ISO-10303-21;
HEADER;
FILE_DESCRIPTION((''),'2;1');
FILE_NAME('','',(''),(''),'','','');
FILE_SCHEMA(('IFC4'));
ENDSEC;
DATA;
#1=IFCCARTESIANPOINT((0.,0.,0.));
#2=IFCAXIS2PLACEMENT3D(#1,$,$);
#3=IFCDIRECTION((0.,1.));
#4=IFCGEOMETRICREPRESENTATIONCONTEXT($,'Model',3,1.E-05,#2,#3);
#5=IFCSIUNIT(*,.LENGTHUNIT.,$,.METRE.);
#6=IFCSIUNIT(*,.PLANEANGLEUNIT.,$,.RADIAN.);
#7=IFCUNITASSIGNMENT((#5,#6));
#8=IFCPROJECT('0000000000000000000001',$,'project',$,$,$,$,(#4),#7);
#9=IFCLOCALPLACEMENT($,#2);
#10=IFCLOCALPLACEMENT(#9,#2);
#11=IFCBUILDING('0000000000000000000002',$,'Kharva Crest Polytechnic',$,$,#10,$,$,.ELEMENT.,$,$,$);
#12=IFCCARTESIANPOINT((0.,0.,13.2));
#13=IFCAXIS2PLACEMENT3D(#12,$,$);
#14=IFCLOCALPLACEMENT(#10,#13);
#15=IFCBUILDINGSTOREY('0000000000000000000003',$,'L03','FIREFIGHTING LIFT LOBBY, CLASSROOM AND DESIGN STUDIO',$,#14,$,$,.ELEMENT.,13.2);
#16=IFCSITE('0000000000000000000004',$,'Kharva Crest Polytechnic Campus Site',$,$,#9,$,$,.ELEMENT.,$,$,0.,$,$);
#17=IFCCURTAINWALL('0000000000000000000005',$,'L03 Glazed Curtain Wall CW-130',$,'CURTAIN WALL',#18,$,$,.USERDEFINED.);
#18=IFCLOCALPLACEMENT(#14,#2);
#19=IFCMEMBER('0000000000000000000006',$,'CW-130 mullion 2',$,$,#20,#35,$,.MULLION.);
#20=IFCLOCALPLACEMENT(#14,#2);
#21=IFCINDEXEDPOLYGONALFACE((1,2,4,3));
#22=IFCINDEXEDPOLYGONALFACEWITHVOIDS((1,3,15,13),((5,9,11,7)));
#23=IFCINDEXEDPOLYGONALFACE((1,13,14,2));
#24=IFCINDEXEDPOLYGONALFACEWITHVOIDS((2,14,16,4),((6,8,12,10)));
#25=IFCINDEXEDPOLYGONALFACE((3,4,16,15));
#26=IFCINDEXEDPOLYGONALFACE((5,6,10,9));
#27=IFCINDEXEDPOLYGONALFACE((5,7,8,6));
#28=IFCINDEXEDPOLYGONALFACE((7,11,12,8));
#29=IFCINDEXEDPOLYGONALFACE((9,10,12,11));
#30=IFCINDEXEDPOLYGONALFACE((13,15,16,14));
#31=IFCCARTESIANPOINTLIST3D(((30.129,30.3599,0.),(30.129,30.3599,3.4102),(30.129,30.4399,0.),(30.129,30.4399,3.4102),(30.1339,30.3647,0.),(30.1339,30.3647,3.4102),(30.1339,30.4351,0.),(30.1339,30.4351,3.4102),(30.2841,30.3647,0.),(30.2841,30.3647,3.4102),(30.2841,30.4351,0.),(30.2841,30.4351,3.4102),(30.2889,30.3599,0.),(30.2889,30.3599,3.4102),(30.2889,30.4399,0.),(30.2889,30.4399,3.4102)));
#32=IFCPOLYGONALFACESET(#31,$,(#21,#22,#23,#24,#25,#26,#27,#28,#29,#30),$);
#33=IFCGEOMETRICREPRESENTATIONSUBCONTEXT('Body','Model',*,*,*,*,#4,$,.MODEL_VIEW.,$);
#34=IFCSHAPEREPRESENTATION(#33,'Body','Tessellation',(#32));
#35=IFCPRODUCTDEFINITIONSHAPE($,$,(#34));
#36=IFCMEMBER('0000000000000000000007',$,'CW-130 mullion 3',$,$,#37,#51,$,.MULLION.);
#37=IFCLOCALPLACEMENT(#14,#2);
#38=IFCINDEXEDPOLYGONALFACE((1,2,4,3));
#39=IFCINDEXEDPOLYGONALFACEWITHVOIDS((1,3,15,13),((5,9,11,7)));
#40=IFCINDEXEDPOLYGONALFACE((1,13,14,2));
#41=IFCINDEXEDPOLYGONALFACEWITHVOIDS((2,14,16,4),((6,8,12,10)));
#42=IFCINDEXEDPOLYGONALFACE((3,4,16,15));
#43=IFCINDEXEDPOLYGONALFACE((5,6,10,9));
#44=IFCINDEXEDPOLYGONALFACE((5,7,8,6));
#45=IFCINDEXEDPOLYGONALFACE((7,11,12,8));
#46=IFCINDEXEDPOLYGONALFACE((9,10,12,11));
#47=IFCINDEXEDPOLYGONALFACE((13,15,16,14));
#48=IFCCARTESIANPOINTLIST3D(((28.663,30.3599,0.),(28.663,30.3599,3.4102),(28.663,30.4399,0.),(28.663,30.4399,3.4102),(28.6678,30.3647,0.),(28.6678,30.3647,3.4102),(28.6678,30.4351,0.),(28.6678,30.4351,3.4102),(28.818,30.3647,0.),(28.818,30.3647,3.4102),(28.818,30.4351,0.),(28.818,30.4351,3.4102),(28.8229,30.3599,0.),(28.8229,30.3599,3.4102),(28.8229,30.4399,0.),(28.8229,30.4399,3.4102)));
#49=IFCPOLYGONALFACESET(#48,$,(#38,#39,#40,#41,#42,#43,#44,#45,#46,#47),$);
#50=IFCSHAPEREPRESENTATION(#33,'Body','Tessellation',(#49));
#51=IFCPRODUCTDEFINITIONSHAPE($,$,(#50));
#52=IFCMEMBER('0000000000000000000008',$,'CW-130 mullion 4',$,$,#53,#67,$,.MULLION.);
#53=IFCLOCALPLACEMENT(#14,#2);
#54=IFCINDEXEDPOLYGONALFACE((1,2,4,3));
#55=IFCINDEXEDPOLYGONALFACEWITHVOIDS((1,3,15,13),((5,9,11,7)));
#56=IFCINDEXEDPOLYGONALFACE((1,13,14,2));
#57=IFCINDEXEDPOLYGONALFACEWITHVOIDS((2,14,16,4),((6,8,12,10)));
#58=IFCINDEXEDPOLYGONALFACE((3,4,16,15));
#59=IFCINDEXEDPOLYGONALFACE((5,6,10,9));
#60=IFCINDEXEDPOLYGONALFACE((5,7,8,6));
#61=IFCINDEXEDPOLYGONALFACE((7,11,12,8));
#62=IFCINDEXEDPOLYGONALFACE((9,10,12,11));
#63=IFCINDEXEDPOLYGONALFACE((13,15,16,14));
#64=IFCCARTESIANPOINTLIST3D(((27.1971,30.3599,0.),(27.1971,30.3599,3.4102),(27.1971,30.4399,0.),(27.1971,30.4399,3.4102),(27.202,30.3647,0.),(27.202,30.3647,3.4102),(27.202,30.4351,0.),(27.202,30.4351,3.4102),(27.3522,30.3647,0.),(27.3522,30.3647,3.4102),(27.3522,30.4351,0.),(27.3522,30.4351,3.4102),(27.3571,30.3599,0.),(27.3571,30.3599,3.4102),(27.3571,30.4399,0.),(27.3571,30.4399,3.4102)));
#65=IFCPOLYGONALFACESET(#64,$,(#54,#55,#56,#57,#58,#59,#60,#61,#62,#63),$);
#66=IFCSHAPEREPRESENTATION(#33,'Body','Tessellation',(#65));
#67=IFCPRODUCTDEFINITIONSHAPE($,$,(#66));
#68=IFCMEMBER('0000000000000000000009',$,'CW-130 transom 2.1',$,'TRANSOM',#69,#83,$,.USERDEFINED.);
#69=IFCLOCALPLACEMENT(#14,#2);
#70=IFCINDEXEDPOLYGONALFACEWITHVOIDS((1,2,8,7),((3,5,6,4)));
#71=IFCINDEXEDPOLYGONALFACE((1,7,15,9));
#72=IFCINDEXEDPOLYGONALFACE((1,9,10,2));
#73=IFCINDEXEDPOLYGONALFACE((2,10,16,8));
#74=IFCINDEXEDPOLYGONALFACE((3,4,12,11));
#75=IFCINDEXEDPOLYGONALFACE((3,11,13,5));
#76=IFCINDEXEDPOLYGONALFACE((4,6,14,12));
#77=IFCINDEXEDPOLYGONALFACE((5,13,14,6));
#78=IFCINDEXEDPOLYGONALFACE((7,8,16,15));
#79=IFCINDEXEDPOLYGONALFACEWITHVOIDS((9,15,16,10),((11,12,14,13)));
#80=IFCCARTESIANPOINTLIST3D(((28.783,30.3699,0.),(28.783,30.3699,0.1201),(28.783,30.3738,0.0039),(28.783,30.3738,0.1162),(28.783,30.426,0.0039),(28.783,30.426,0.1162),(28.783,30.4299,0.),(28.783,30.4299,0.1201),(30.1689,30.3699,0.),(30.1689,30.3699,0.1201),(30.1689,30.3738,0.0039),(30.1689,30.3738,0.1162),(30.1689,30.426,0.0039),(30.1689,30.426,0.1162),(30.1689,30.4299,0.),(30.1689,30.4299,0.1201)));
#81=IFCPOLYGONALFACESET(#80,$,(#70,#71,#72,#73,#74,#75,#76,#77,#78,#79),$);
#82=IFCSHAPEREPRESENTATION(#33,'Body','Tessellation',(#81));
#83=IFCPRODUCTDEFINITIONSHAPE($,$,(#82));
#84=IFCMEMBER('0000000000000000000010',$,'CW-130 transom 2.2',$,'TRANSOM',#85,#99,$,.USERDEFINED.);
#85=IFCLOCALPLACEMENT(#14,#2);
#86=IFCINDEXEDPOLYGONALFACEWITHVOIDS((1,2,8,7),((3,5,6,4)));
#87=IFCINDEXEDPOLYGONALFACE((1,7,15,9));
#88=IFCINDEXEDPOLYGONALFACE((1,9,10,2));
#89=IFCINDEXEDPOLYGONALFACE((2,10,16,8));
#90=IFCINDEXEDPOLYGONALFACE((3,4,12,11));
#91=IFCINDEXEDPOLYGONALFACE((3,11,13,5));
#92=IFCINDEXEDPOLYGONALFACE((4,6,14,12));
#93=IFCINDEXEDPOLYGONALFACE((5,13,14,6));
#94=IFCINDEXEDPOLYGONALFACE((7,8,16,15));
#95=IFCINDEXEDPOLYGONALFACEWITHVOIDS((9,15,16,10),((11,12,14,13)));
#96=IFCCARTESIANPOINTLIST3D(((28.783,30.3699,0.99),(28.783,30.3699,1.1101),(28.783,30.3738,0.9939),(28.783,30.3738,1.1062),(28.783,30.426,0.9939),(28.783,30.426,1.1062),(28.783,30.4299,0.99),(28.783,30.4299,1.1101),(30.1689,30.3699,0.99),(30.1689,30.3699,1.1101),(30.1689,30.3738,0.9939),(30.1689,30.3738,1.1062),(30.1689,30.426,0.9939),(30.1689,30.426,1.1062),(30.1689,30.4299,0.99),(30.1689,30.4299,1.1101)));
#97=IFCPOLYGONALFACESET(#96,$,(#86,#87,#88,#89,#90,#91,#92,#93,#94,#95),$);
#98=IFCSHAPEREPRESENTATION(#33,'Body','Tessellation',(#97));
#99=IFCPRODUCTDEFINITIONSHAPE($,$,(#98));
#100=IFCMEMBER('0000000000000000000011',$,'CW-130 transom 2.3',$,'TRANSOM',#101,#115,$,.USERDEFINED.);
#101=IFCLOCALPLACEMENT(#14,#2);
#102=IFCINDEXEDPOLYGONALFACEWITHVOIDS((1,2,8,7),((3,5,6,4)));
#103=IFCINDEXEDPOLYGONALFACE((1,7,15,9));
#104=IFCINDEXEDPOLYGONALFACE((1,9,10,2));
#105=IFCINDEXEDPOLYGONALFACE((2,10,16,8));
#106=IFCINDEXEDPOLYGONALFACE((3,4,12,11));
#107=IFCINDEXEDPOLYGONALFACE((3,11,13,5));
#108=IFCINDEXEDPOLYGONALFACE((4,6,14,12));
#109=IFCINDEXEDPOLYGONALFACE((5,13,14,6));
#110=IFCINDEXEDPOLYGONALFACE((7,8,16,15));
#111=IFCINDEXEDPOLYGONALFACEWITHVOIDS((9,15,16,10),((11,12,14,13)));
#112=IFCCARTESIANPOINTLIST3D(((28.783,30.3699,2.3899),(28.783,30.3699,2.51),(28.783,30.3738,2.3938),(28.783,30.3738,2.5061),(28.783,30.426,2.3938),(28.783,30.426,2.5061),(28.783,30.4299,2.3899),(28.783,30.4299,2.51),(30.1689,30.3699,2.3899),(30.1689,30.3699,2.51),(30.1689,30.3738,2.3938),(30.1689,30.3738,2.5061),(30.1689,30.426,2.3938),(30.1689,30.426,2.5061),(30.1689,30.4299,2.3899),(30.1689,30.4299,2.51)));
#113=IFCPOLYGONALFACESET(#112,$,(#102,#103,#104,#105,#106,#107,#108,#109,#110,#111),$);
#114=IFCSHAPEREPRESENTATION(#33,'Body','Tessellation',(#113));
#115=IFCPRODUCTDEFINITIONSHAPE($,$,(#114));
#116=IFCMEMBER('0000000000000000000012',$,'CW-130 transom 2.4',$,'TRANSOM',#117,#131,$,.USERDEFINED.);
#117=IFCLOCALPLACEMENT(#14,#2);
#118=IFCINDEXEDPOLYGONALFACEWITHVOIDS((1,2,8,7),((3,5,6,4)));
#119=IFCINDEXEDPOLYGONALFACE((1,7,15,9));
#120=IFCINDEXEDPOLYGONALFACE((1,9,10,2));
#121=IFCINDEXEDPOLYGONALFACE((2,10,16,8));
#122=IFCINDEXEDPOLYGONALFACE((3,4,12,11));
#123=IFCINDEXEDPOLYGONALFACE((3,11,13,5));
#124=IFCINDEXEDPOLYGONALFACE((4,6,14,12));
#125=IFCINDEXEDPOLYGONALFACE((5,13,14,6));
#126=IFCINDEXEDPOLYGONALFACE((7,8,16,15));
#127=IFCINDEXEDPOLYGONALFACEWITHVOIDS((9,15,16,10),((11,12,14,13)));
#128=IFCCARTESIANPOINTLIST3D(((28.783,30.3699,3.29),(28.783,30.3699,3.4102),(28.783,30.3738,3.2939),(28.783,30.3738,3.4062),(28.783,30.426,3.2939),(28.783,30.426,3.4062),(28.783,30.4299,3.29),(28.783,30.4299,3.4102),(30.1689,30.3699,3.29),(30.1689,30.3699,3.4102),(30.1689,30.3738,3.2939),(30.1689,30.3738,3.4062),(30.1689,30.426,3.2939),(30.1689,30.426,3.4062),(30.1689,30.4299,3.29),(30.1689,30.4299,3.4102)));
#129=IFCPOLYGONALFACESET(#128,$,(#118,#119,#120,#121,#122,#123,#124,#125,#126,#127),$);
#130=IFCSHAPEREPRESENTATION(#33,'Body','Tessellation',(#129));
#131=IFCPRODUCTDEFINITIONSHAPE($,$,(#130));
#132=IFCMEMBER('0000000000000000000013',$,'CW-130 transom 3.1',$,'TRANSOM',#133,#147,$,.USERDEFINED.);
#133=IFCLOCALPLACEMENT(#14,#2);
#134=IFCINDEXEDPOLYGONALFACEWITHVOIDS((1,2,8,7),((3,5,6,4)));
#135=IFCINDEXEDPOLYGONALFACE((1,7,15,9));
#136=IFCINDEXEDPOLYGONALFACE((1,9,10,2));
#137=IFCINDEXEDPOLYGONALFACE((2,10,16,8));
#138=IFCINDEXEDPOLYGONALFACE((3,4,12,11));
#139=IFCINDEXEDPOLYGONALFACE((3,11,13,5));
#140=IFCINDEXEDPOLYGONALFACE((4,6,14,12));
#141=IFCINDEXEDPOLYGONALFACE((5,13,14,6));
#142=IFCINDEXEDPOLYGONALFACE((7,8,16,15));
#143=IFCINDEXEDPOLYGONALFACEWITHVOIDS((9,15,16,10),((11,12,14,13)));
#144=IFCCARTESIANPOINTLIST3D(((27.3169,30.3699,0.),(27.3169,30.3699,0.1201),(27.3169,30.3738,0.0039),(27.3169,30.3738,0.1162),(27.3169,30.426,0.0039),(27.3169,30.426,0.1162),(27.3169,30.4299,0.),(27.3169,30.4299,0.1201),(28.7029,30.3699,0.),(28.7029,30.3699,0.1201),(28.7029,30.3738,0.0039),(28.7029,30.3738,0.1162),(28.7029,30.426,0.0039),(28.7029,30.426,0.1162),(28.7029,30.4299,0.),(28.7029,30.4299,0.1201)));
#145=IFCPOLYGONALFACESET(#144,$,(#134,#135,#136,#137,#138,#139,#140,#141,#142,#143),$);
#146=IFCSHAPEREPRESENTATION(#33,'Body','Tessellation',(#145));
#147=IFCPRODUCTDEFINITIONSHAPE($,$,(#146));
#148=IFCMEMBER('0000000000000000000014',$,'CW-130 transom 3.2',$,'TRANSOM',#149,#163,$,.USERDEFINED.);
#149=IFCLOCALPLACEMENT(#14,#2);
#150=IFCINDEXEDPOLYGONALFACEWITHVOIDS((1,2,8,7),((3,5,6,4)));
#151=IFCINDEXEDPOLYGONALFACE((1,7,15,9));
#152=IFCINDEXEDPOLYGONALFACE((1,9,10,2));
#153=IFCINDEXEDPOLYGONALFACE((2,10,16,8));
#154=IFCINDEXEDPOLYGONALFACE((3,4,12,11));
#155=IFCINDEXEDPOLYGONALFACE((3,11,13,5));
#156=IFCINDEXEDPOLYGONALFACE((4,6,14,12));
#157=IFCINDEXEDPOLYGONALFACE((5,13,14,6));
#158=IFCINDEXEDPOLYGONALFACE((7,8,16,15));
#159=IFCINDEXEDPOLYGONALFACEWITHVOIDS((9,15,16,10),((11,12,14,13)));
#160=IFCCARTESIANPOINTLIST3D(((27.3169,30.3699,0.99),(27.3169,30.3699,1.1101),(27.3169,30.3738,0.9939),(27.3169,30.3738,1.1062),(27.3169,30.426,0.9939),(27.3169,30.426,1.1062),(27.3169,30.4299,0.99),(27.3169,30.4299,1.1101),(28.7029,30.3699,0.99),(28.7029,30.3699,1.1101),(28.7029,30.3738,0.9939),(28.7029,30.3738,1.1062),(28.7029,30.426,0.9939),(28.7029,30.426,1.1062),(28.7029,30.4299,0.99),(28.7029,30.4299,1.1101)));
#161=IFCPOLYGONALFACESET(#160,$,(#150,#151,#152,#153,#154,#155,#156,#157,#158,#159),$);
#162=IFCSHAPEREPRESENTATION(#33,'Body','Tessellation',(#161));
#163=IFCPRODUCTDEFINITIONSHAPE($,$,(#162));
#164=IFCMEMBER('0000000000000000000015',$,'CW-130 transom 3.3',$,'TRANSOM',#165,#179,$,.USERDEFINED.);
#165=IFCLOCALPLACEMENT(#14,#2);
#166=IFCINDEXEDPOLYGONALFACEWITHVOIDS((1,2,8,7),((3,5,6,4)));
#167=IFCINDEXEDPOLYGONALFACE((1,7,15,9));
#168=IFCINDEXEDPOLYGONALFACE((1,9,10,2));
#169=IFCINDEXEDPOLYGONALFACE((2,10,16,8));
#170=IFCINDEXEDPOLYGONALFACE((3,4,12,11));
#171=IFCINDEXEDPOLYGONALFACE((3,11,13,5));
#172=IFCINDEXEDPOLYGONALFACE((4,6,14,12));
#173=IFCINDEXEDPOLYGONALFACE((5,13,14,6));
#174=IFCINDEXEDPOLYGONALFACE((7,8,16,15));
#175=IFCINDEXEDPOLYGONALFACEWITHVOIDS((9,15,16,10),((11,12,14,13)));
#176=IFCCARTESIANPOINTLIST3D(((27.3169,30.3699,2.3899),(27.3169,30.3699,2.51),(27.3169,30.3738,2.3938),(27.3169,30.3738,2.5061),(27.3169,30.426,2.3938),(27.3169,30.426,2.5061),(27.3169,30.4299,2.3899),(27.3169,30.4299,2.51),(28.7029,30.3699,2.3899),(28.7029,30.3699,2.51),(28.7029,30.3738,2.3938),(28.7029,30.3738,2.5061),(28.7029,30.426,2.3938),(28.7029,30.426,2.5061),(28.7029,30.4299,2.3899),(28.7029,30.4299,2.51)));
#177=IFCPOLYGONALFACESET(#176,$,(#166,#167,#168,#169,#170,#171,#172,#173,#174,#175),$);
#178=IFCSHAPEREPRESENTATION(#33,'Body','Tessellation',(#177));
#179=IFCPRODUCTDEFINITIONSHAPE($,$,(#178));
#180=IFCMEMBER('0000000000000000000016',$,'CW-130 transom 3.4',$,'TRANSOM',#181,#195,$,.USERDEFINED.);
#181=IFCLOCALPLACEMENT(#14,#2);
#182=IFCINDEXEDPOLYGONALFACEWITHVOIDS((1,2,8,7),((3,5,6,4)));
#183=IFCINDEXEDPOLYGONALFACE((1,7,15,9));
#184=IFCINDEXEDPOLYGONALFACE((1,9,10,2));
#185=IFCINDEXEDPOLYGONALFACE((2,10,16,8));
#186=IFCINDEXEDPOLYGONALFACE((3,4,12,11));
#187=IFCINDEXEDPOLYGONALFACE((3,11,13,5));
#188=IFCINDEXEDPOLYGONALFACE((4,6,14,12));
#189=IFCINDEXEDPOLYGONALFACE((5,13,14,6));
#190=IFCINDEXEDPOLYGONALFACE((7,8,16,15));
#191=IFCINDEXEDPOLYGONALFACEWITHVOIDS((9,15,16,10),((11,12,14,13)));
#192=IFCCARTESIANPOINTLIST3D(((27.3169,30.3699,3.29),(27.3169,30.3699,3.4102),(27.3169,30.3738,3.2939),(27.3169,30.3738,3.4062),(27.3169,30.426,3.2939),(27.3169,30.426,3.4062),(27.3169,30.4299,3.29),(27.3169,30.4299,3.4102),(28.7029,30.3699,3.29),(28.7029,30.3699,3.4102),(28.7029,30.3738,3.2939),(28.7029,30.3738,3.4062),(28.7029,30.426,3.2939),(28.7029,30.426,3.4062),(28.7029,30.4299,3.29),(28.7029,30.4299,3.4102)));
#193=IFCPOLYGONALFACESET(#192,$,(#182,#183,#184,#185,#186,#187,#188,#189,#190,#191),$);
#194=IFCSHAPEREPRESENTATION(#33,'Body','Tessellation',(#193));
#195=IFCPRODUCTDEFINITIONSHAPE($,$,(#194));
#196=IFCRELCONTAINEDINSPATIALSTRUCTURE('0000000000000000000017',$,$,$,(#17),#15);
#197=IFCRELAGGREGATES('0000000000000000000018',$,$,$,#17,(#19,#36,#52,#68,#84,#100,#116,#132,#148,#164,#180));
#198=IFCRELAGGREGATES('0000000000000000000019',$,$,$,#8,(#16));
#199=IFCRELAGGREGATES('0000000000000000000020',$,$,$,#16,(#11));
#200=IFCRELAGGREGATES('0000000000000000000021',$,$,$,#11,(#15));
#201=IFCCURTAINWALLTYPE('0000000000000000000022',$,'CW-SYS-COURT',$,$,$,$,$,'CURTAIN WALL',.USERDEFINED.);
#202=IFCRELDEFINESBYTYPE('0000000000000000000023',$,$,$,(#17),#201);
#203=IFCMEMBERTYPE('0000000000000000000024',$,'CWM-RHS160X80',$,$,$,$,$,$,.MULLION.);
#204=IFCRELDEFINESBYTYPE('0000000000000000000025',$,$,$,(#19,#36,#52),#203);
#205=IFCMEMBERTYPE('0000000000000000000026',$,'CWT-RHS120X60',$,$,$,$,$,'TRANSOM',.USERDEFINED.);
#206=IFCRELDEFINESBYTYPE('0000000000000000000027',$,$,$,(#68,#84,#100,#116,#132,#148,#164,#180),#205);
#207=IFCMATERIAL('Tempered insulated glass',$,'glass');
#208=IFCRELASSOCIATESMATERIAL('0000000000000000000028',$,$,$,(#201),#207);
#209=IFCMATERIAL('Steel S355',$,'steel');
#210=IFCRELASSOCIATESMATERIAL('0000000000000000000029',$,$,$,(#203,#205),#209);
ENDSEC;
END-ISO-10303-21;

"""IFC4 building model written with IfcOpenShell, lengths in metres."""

from ifc_helpers import new_model, si_unit, direction, frame, origin, origin_2d, place, context, subcontext, project, spatial, hollow_rectangle, extrude, material, material_profile, profile_set, type_object, element, aggregate, save


model = new_model("IFC4")

# Units and contexts
model_context = context("Model", 3, precision=1e-05, world=origin(), true_north=direction((0.0, 1.0)))
body_context = subcontext(model_context, "Body", "Model", "MODEL_VIEW")
ifc_project = project(units=[si_unit("LENGTHUNIT", "METRE"), si_unit("PLANEANGLEUNIT", "RADIAN")], contexts=[model_context])

# Site, building, storey
site_placement = place(None, origin())
site = spatial("IfcSite", under=ifc_project, at=site_placement, Name="Kharva Crest Polytechnic Campus Site", CompositionType="ELEMENT", RefElevation=0.0)
building_placement = place(site_placement, origin())
building = spatial("IfcBuilding", under=site, at=building_placement, Name="Kharva Crest Polytechnic", CompositionType="ELEMENT")
storey_placement = place(building_placement, frame((0.0, 0.0, 13.2)))
storey = spatial("IfcBuildingStorey", under=building, at=storey_placement, Name="L03", Description="FIREFIGHTING LIFT LOBBY, CLASSROOM AND DESIGN STUDIO", CompositionType="ELEMENT", Elevation=13.2)

# Curtain wall, members
ifc_material_1 = material(Name="Tempered insulated glass", Category="glass")
curtain_wall_type = type_object("IfcCurtainWallType", Name="CW-SYS-COURT", ElementType="CURTAIN WALL", PredefinedType="USERDEFINED", material=ifc_material_1)
curtain_wall_placement = place(storey_placement, origin())
curtain_wall = element("IfcCurtainWall", 1, at=curtain_wall_placement, inside=storey, type_object=curtain_wall_type, Name="L03 Glazed Curtain Wall CW-130", ObjectType="CURTAIN WALL", PredefinedType="USERDEFINED")
ifc_material_2 = material(Name="Steel S355", Category="steel")
ifc_material_profile_1 = material_profile(ifc_material_2, hollow_rectangle(XDim=0.0801, YDim=0.1599, WallThickness=0.0049, at=origin_2d()), Name="RHS 160X80X5.0")
ifc_profile_set_1 = profile_set([ifc_material_profile_1], Name="Steel S355")
member_type_1 = type_object("IfcMemberType", Name="CWM-RHS160X80", PredefinedType="MULLION", material=ifc_profile_set_1)
member_1_placement = place(storey_placement, frame((30.209, 30.3999, 0.0), z_axis=(0.0, 0.0, 1.0), x_axis=(0.0, -1.0, 0.0)))
member_1 = element("IfcMember", 2, at=member_1_placement, type_object=member_type_1, Name="CW-130 mullion 2", PredefinedType="MULLION", context=body_context, shape_type="SweptSolid", body=[
    extrude(hollow_rectangle(XDim=0.0801, YDim=0.1599, WallThickness=0.0049, at=origin_2d()), origin(), (0.0, 0.0, 1.0), 3.4102),
])
member_2_placement = place(storey_placement, frame((28.7429, 30.3999, 0.0), z_axis=(0.0, 0.0, 1.0), x_axis=(0.0, -1.0, 0.0)))
member_2 = element("IfcMember", 3, at=member_2_placement, type_object=member_type_1, Name="CW-130 mullion 3", PredefinedType="MULLION", context=body_context, shape_type="SweptSolid", body=[
    extrude(hollow_rectangle(XDim=0.0801, YDim=0.1599, WallThickness=0.0049, at=origin_2d()), origin(), (0.0, 0.0, 1.0), 3.4102),
])
member_3_placement = place(storey_placement, frame((27.2771, 30.3999, 0.0), z_axis=(0.0, 0.0, 1.0), x_axis=(0.0, -1.0, 0.0)))
member_3 = element("IfcMember", 4, at=member_3_placement, type_object=member_type_1, Name="CW-130 mullion 4", PredefinedType="MULLION", context=body_context, shape_type="SweptSolid", body=[
    extrude(hollow_rectangle(XDim=0.0801, YDim=0.1599, WallThickness=0.0049, at=origin_2d()), origin(), (0.0, 0.0, 1.0), 3.4102),
])
ifc_material_profile_2 = material_profile(ifc_material_2, hollow_rectangle(XDim=0.0601, YDim=0.1201, WallThickness=0.0039, at=origin_2d()), Name="RHS 120X60X4.0")
ifc_profile_set_2 = profile_set([ifc_material_profile_2], Name="Steel S355")
member_type_2 = type_object("IfcMemberType", Name="CWT-RHS120X60", ElementType="TRANSOM", PredefinedType="USERDEFINED", material=ifc_profile_set_2)
member_4_placement = place(storey_placement, frame((30.1689, 30.3999, 0.0601), z_axis=(-1.0, 0.0, 0.0), x_axis=(0.0, -1.0, 0.0)))
member_4 = element("IfcMember", 5, at=member_4_placement, type_object=member_type_2, Name="CW-130 transom 2.1", ObjectType="TRANSOM", PredefinedType="USERDEFINED", context=body_context, shape_type="SweptSolid", body=[
    extrude(hollow_rectangle(XDim=0.0601, YDim=0.1201, WallThickness=0.0039, at=origin_2d()), origin(), (0.0, 0.0, 1.0), 1.386),
])
member_5_placement = place(storey_placement, frame((30.1689, 30.3999, 1.05), z_axis=(-1.0, 0.0, 0.0), x_axis=(0.0, -1.0, 0.0)))
member_5 = element("IfcMember", 6, at=member_5_placement, type_object=member_type_2, Name="CW-130 transom 2.2", ObjectType="TRANSOM", PredefinedType="USERDEFINED", context=body_context, shape_type="SweptSolid", body=[
    extrude(hollow_rectangle(XDim=0.0601, YDim=0.1201, WallThickness=0.0039, at=origin_2d()), origin(), (0.0, 0.0, 1.0), 1.386),
])
member_6_placement = place(storey_placement, frame((30.1689, 30.3999, 2.45), z_axis=(-1.0, 0.0, 0.0), x_axis=(0.0, -1.0, 0.0)))
member_6 = element("IfcMember", 7, at=member_6_placement, type_object=member_type_2, Name="CW-130 transom 2.3", ObjectType="TRANSOM", PredefinedType="USERDEFINED", context=body_context, shape_type="SweptSolid", body=[
    extrude(hollow_rectangle(XDim=0.0601, YDim=0.1201, WallThickness=0.0039, at=origin_2d()), origin(), (0.0, 0.0, 1.0), 1.386),
])
member_7_placement = place(storey_placement, frame((30.1689, 30.3999, 3.3501), z_axis=(-1.0, 0.0, 0.0), x_axis=(0.0, -1.0, 0.0)))
member_7 = element("IfcMember", 8, at=member_7_placement, type_object=member_type_2, Name="CW-130 transom 2.4", ObjectType="TRANSOM", PredefinedType="USERDEFINED", context=body_context, shape_type="SweptSolid", body=[
    extrude(hollow_rectangle(XDim=0.0601, YDim=0.1201, WallThickness=0.0039, at=origin_2d()), origin(), (0.0, 0.0, 1.0), 1.386),
])
member_8_placement = place(storey_placement, frame((28.7029, 30.3999, 0.0601), z_axis=(-1.0, 0.0, 0.0), x_axis=(0.0, -1.0, 0.0)))
member_8 = element("IfcMember", 9, at=member_8_placement, type_object=member_type_2, Name="CW-130 transom 3.1", ObjectType="TRANSOM", PredefinedType="USERDEFINED", context=body_context, shape_type="SweptSolid", body=[
    extrude(hollow_rectangle(XDim=0.0601, YDim=0.1201, WallThickness=0.0039, at=origin_2d()), origin(), (0.0, 0.0, 1.0), 1.386),
])
member_9_placement = place(storey_placement, frame((28.7029, 30.3999, 1.05), z_axis=(-1.0, 0.0, 0.0), x_axis=(0.0, -1.0, 0.0)))
member_9 = element("IfcMember", 10, at=member_9_placement, type_object=member_type_2, Name="CW-130 transom 3.2", ObjectType="TRANSOM", PredefinedType="USERDEFINED", context=body_context, shape_type="SweptSolid", body=[
    extrude(hollow_rectangle(XDim=0.0601, YDim=0.1201, WallThickness=0.0039, at=origin_2d()), origin(), (0.0, 0.0, 1.0), 1.386),
])
member_10_placement = place(storey_placement, frame((28.7029, 30.3999, 2.45), z_axis=(-1.0, 0.0, 0.0), x_axis=(0.0, -1.0, 0.0)))
member_10 = element("IfcMember", 11, at=member_10_placement, type_object=member_type_2, Name="CW-130 transom 3.3", ObjectType="TRANSOM", PredefinedType="USERDEFINED", context=body_context, shape_type="SweptSolid", body=[
    extrude(hollow_rectangle(XDim=0.0601, YDim=0.1201, WallThickness=0.0039, at=origin_2d()), origin(), (0.0, 0.0, 1.0), 1.386),
])
member_11_placement = place(storey_placement, frame((28.7029, 30.3999, 3.3501), z_axis=(-1.0, 0.0, 0.0), x_axis=(0.0, -1.0, 0.0)))
member_11 = element("IfcMember", 12, at=member_11_placement, type_object=member_type_2, Name="CW-130 transom 3.4", ObjectType="TRANSOM", PredefinedType="USERDEFINED", context=body_context, shape_type="SweptSolid", body=[
    extrude(hollow_rectangle(XDim=0.0601, YDim=0.1201, WallThickness=0.0039, at=origin_2d()), origin(), (0.0, 0.0, 1.0), 1.386),
])
aggregate(curtain_wall, [member_1, member_2, member_3, member_4, member_5, member_6, member_7, member_8, member_9, member_10, member_11])

save(model, "model.ifc")
